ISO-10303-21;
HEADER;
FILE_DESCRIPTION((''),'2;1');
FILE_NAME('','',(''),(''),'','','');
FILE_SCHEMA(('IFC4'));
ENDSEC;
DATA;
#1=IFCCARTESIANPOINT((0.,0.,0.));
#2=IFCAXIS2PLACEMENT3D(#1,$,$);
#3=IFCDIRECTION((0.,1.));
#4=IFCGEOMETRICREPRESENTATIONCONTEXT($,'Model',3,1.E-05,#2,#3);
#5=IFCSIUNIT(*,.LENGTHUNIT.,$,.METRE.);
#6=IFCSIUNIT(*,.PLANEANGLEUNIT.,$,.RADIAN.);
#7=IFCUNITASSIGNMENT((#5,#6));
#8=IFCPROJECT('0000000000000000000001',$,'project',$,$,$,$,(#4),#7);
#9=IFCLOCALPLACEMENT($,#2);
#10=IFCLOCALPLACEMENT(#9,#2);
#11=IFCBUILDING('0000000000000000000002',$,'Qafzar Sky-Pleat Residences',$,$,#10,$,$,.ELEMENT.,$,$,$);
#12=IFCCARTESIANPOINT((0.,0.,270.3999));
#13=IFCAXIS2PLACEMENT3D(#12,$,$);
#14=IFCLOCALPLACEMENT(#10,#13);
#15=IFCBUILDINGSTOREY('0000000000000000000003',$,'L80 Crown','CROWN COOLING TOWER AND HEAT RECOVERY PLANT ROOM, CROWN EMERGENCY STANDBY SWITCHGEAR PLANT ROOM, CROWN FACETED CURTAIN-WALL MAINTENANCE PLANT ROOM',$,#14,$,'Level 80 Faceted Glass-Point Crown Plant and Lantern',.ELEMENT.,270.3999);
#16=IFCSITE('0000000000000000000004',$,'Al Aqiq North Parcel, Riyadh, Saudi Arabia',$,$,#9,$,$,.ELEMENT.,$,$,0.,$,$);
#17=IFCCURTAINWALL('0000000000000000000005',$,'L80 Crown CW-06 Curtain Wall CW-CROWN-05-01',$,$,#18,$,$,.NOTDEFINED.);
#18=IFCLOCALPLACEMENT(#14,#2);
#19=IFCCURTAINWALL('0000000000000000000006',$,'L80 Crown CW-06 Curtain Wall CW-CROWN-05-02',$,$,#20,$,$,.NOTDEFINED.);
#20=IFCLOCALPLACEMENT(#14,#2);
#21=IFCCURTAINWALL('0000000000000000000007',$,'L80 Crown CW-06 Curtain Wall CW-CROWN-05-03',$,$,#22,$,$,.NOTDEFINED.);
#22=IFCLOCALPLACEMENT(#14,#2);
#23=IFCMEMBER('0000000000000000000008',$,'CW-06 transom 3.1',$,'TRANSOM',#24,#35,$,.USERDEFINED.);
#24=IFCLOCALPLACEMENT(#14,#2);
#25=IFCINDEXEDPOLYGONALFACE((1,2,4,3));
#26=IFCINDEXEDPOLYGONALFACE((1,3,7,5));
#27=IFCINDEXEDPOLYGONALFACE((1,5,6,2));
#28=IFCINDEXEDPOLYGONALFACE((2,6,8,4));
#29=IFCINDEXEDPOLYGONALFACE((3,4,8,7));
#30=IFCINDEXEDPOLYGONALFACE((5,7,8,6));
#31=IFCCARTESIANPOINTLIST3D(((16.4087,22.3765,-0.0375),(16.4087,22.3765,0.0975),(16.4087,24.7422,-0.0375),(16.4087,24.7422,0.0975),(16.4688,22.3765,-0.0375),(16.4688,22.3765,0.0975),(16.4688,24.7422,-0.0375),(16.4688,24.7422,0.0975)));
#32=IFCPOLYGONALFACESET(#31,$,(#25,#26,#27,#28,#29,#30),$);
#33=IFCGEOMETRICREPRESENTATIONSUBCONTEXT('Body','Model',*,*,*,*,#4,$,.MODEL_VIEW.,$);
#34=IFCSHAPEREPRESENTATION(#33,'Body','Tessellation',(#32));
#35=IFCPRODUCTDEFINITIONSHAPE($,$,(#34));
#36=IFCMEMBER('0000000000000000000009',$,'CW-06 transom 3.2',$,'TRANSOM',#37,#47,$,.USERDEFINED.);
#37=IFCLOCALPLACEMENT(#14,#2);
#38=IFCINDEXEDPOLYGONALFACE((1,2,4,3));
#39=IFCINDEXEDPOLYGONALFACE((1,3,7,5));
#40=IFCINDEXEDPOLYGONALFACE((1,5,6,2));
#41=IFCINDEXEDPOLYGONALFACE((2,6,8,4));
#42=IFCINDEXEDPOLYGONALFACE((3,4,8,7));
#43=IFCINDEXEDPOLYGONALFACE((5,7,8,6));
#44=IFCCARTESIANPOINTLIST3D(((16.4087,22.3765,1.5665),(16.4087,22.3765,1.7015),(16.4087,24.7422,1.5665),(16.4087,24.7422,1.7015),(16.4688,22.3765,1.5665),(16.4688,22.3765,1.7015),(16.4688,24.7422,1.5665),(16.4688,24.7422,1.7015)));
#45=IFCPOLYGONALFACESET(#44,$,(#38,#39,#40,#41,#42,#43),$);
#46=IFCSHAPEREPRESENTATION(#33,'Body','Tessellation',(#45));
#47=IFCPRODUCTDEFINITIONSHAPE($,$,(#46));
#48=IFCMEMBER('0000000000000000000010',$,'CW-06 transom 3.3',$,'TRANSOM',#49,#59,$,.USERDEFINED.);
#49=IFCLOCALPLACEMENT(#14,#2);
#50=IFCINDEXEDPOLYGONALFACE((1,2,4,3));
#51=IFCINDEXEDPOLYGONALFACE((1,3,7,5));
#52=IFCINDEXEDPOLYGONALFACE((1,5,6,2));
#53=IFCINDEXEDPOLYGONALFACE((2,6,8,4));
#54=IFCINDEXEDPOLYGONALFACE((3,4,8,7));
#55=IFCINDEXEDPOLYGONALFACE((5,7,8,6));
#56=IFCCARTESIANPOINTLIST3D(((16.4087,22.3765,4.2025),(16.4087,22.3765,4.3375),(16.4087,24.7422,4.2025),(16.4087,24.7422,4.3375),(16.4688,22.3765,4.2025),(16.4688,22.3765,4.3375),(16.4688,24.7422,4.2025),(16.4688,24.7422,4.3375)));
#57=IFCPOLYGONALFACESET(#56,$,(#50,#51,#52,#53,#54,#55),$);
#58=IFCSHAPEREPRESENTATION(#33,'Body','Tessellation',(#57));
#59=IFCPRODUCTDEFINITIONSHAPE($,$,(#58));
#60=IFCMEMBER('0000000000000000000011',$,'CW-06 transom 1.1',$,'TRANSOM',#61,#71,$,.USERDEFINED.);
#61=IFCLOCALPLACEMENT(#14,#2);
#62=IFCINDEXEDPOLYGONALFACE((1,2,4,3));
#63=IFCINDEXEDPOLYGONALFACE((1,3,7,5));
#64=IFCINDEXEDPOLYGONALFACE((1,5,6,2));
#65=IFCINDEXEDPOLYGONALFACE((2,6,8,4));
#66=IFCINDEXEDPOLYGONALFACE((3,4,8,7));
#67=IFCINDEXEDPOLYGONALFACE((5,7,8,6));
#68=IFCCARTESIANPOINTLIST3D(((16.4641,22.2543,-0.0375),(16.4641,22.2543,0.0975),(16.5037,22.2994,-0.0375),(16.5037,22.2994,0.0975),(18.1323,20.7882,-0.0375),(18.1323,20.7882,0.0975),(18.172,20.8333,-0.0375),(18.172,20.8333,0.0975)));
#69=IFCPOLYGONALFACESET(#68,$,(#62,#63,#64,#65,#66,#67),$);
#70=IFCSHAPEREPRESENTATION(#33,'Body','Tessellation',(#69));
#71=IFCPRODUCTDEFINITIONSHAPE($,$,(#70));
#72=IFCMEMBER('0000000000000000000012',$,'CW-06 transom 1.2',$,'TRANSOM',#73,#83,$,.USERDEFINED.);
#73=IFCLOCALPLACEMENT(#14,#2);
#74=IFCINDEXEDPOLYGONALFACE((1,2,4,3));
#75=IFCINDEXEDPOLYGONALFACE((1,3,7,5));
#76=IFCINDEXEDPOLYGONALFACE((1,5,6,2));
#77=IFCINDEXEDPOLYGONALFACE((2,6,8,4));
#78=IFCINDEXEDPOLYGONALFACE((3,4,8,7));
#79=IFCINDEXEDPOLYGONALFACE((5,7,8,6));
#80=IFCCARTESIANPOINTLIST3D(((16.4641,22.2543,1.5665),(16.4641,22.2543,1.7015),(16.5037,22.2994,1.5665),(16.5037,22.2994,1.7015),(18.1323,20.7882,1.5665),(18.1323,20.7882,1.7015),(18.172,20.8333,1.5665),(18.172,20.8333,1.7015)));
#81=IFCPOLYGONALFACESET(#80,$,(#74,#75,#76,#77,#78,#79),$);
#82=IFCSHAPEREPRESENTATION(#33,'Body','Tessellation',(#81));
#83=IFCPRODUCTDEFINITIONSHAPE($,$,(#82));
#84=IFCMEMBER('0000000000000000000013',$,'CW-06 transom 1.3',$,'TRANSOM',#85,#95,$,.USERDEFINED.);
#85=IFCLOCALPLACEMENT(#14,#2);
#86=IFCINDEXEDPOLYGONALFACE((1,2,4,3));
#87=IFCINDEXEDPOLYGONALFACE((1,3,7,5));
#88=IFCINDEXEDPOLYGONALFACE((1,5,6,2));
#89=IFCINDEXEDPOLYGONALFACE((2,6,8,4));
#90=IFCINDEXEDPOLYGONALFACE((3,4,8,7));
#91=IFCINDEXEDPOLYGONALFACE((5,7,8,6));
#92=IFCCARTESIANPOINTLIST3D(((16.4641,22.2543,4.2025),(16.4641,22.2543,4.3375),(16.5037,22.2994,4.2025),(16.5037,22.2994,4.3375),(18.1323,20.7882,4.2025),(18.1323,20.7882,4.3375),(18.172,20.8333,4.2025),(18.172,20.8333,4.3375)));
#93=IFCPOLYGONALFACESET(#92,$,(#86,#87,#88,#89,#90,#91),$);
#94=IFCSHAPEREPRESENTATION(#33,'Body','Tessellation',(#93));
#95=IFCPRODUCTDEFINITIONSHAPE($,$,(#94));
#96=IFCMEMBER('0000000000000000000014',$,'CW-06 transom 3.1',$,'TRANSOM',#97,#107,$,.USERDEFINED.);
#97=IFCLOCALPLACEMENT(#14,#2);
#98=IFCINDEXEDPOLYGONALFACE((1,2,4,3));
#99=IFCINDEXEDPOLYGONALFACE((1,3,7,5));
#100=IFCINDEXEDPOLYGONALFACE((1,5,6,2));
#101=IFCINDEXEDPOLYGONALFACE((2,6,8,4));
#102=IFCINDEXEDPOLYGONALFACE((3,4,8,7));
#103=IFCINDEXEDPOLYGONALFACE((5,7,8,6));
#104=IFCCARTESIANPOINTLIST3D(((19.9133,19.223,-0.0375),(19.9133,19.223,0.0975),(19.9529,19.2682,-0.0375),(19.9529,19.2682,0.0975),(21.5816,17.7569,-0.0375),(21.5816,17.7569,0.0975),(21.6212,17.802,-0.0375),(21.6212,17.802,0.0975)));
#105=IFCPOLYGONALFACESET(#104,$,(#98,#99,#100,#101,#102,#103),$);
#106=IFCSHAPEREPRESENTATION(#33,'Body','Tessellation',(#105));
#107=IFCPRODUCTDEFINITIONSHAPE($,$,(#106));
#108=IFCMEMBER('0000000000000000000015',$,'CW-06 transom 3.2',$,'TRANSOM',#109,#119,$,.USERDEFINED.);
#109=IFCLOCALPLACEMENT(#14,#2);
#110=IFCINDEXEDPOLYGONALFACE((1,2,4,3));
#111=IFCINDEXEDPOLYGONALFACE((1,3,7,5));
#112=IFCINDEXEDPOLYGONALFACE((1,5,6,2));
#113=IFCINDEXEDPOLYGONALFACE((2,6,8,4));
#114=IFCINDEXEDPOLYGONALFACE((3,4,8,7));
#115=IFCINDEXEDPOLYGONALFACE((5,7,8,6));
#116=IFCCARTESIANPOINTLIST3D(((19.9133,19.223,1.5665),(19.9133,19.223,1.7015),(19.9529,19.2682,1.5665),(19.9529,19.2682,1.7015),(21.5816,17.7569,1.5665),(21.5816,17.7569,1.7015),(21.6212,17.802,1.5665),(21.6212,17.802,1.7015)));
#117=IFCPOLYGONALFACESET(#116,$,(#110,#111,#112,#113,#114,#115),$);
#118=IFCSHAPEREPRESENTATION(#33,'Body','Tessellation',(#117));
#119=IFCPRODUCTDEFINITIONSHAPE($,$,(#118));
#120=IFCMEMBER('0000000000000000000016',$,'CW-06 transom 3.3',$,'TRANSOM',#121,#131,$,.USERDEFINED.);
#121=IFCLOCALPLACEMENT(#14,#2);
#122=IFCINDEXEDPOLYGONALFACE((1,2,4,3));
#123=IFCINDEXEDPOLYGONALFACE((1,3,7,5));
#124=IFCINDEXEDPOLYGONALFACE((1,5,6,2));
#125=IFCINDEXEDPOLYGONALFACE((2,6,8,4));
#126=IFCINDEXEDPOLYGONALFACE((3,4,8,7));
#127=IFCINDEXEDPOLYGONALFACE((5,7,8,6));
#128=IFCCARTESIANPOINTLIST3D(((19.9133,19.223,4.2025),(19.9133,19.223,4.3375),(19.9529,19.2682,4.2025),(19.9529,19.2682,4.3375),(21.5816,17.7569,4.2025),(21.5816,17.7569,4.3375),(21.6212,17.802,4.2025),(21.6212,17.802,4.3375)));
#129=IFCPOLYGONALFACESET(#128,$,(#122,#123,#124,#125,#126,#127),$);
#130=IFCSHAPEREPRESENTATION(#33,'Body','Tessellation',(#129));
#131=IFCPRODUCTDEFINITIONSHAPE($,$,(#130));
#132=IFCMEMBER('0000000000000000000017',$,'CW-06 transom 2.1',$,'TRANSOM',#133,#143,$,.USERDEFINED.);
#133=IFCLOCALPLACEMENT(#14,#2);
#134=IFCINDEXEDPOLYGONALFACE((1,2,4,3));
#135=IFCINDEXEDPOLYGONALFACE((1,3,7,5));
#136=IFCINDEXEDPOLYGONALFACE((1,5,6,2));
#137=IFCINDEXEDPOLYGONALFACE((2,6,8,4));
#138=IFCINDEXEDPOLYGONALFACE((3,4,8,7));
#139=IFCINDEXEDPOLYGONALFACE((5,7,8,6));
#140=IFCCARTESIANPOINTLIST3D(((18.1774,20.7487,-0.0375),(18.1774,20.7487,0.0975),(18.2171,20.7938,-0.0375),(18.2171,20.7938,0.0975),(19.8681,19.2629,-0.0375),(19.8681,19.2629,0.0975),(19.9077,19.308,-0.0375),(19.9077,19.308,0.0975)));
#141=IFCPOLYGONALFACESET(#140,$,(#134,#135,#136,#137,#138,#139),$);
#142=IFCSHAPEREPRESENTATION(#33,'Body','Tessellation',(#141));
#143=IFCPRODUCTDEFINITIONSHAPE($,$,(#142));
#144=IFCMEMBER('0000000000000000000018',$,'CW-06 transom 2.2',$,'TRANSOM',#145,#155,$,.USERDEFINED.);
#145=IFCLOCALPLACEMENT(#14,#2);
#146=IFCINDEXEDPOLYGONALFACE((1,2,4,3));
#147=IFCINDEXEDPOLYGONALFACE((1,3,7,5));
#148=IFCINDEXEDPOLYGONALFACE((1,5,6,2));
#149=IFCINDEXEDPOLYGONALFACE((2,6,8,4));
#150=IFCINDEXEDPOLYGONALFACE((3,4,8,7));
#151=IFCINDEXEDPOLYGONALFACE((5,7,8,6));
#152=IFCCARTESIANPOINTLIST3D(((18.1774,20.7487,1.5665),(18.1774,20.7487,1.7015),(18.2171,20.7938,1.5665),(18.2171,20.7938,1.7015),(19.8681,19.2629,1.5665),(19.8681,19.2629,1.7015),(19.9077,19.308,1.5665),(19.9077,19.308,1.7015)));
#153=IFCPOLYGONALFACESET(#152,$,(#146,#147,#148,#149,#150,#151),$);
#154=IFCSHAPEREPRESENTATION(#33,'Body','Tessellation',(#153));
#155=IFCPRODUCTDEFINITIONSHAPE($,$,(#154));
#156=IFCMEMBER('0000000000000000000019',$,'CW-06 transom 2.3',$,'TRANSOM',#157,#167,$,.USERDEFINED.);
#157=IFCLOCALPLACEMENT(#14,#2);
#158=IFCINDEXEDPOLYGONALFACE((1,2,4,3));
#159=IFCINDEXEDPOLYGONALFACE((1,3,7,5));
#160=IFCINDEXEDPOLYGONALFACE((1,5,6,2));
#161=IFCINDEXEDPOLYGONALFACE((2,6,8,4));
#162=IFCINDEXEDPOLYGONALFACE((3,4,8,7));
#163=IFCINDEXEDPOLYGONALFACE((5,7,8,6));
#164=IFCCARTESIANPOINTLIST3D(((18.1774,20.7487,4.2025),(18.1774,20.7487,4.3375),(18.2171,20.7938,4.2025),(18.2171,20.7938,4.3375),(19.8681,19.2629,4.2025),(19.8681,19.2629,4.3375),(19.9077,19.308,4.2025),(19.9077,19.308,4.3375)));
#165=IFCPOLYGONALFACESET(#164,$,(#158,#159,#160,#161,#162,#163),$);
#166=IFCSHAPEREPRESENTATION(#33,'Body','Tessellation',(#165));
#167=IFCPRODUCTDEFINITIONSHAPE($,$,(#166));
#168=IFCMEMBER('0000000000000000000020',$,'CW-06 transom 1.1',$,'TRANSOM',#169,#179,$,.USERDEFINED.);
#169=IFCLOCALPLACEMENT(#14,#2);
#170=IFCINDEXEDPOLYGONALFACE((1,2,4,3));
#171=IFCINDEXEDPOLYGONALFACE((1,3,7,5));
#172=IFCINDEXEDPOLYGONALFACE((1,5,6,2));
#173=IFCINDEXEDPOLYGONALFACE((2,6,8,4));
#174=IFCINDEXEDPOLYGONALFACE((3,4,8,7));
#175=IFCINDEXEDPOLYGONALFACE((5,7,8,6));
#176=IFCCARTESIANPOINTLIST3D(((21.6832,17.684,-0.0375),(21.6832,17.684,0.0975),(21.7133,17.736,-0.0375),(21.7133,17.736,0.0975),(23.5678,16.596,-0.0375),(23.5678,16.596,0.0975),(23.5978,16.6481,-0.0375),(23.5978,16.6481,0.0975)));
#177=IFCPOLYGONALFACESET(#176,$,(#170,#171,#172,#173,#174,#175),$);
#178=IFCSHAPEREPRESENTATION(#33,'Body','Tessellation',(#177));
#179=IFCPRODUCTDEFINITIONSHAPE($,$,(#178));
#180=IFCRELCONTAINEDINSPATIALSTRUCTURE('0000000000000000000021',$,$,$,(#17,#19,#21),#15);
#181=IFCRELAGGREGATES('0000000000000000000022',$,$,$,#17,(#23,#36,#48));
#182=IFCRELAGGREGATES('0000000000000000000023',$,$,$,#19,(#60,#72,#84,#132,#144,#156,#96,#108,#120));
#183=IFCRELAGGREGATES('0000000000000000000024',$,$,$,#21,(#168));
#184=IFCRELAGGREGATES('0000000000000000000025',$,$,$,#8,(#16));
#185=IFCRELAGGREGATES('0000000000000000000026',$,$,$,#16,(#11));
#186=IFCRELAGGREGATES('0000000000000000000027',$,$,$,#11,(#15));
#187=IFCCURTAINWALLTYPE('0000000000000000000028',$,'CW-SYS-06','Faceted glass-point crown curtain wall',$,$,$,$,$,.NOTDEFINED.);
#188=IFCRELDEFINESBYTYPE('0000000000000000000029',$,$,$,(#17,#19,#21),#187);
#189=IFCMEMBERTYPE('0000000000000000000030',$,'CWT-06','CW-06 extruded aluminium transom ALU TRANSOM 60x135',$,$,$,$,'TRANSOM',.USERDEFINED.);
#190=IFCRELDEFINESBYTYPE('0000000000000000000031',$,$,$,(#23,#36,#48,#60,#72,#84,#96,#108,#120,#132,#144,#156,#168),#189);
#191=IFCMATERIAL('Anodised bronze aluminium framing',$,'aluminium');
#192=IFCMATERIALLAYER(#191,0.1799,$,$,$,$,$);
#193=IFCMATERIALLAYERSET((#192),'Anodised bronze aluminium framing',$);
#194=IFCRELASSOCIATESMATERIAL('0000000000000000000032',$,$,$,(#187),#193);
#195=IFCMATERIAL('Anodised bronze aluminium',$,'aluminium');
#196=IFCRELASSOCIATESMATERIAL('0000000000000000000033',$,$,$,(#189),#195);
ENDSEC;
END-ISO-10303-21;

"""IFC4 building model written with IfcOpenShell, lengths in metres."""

from ifc_helpers import new_model, si_unit, direction, frame, origin, origin_2d, place, context, subcontext, project, spatial, rectangle, extrude, source, transform, mapped, material, layer, layer_set, material_profile, profile_set, type_object, element, aggregate, save


model = new_model("IFC4")

# Units and contexts
model_context = context("Model", 3, precision=1e-05, world=origin(), true_north=direction((0.0, 1.0)))
body_context = subcontext(model_context, "Body", "Model", "MODEL_VIEW")
ifc_project = project(units=[si_unit("LENGTHUNIT", "METRE"), si_unit("PLANEANGLEUNIT", "RADIAN")], contexts=[model_context])

# Site, building, storey
site_placement = place(None, origin())
site = spatial("IfcSite", under=ifc_project, at=site_placement, Name="Al Aqiq North Parcel, Riyadh, Saudi Arabia", CompositionType="ELEMENT", RefElevation=0.0)
building_placement = place(site_placement, origin())
building = spatial("IfcBuilding", under=site, at=building_placement, Name="Qafzar Sky-Pleat Residences", CompositionType="ELEMENT")
storey_placement = place(building_placement, frame((0.0, 0.0, 270.3999)))
storey = spatial("IfcBuildingStorey", under=building, at=storey_placement, Name="L80 Crown", Description="CROWN COOLING TOWER AND HEAT RECOVERY PLANT ROOM, CROWN EMERGENCY STANDBY SWITCHGEAR PLANT ROOM, CROWN FACETED CURTAIN-WALL MAINTENANCE PLANT ROOM", LongName="Level 80 Faceted Glass-Point Crown Plant and Lantern", CompositionType="ELEMENT", Elevation=270.3999)

# Curtain wall
ifc_material_1 = material(Name="Anodised bronze aluminium framing", Category="aluminium")
ifc_layer_1 = layer(ifc_material_1, 0.1799)
ifc_layer_set_1 = layer_set([ifc_layer_1], Name="Anodised bronze aluminium framing")
curtain_wall_type = type_object("IfcCurtainWallType", Name="CW-SYS-06", Description="Faceted glass-point crown curtain wall", PredefinedType="NOTDEFINED", material=ifc_layer_set_1)
curtain_wall_1_placement = place(storey_placement, origin())
curtain_wall_1 = element("IfcCurtainWall", 1, at=curtain_wall_1_placement, inside=storey, type_object=curtain_wall_type, Name="L80 Crown CW-06 Curtain Wall CW-CROWN-05-01", PredefinedType="NOTDEFINED")
ifc_material_2 = material(Name="Anodised bronze aluminium", Category="aluminium")

# Curtain wall
curtain_wall_2_placement = place(storey_placement, origin())
curtain_wall_2 = element("IfcCurtainWall", 2, at=curtain_wall_2_placement, inside=storey, type_object=curtain_wall_type, Name="L80 Crown CW-06 Curtain Wall CW-CROWN-05-02", PredefinedType="NOTDEFINED")

# Curtain wall
curtain_wall_3_placement = place(storey_placement, origin())
curtain_wall_3 = element("IfcCurtainWall", 3, at=curtain_wall_3_placement, inside=storey, type_object=curtain_wall_type, Name="L80 Crown CW-06 Curtain Wall CW-CROWN-05-03", PredefinedType="NOTDEFINED")

# Members
ifc_material_profile_1 = material_profile(ifc_material_2, rectangle(XDim=0.0601, YDim=0.135, at=origin_2d()), Name="ALU TRANSOM 60x135")
ifc_profile_set_1 = profile_set([ifc_material_profile_1], Name="Anodised bronze aluminium")
member_type_1 = type_object("IfcMemberType", Name="CWT-06", Description="CW-06 extruded aluminium transom ALU TRANSOM 60x135", ElementType="TRANSOM", PredefinedType="USERDEFINED", material=ifc_profile_set_1)
shared_shape_1 = source(origin(), body_context, "Body", "SweptSolid", [
    extrude(rectangle(XDim=0.0601, YDim=0.135, at=origin_2d()), origin(), (0.0, 0.0, 1.0), 2.3657),
])
member_1_placement = place(storey_placement, frame((16.4387, 24.7422, 0.03), z_axis=(0.0, -1.0, 0.0), x_axis=(1.0, 0.0, 0.0)))
member_1 = element("IfcMember", 4, at=member_1_placement, type_object=member_type_1, Name="CW-06 transom 3.1", ObjectType="TRANSOM", PredefinedType="USERDEFINED", context=body_context, shape_type="MappedRepresentation", body=[
    mapped(shared_shape_1, transform((0.0, 0.0, 0.0), x_axis=(1.0, 0.0, 0.0), y_axis=(0.0, 1.0, 0.0), z_axis=(0.0, 0.0, 1.0), scale=1.0)),
])
member_2_placement = place(storey_placement, frame((16.4387, 24.7422, 1.634), z_axis=(0.0, -1.0, 0.0), x_axis=(1.0, 0.0, 0.0)))
member_2 = element("IfcMember", 5, at=member_2_placement, type_object=member_type_1, Name="CW-06 transom 3.2", ObjectType="TRANSOM", PredefinedType="USERDEFINED", context=body_context, shape_type="MappedRepresentation", body=[
    mapped(shared_shape_1, transform((0.0, 0.0, 0.0), x_axis=(1.0, 0.0, 0.0), y_axis=(0.0, 1.0, 0.0), z_axis=(0.0, 0.0, 1.0), scale=1.0)),
])
member_3_placement = place(storey_placement, frame((16.4387, 24.7422, 4.27), z_axis=(0.0, -1.0, 0.0), x_axis=(1.0, 0.0, 0.0)))
member_3 = element("IfcMember", 6, at=member_3_placement, type_object=member_type_1, Name="CW-06 transom 3.3", ObjectType="TRANSOM", PredefinedType="USERDEFINED", context=body_context, shape_type="MappedRepresentation", body=[
    mapped(shared_shape_1, transform((0.0, 0.0, 0.0), x_axis=(1.0, 0.0, 0.0), y_axis=(0.0, 1.0, 0.0), z_axis=(0.0, 0.0, 1.0), scale=1.0)),
])
shared_shape_2 = source(origin(), body_context, "Body", "SweptSolid", [
    extrude(rectangle(XDim=0.0601, YDim=0.135, at=origin_2d()), origin(), (0.0, 0.0, 1.0), 2.2209),
])
member_4_placement = place(storey_placement, frame((16.4839, 22.2769, 0.03), z_axis=(0.751152, -0.66013, 0.0), x_axis=(0.66013, 0.751152, 0.0)))
member_4 = element("IfcMember", 7, at=member_4_placement, type_object=member_type_1, Name="CW-06 transom 1.1", ObjectType="TRANSOM", PredefinedType="USERDEFINED", context=body_context, shape_type="MappedRepresentation", body=[
    mapped(shared_shape_2, transform((0.0, 0.0, 0.0), x_axis=(1.0, 0.0, 0.0), y_axis=(0.0, 1.0, 0.0), z_axis=(0.0, 0.0, 1.0), scale=1.0)),
])
member_5_placement = place(storey_placement, frame((16.4839, 22.2769, 1.634), z_axis=(0.751152, -0.66013, 0.0), x_axis=(0.66013, 0.751152, 0.0)))
member_5 = element("IfcMember", 8, at=member_5_placement, type_object=member_type_1, Name="CW-06 transom 1.2", ObjectType="TRANSOM", PredefinedType="USERDEFINED", context=body_context, shape_type="MappedRepresentation", body=[
    mapped(shared_shape_2, transform((0.0, 0.0, 0.0), x_axis=(1.0, 0.0, 0.0), y_axis=(0.0, 1.0, 0.0), z_axis=(0.0, 0.0, 1.0), scale=1.0)),
])
member_6_placement = place(storey_placement, frame((16.4839, 22.2769, 4.27), z_axis=(0.751152, -0.66013, 0.0), x_axis=(0.66013, 0.751152, 0.0)))
member_6 = element("IfcMember", 9, at=member_6_placement, type_object=member_type_1, Name="CW-06 transom 1.3", ObjectType="TRANSOM", PredefinedType="USERDEFINED", context=body_context, shape_type="MappedRepresentation", body=[
    mapped(shared_shape_2, transform((0.0, 0.0, 0.0), x_axis=(1.0, 0.0, 0.0), y_axis=(0.0, 1.0, 0.0), z_axis=(0.0, 0.0, 1.0), scale=1.0)),
])
member_7_placement = place(storey_placement, frame((19.9331, 19.2456, 0.03), z_axis=(0.751152, -0.66013, 0.0), x_axis=(0.66013, 0.751152, 0.0)))
member_7 = element("IfcMember", 10, at=member_7_placement, type_object=member_type_1, Name="CW-06 transom 3.1", ObjectType="TRANSOM", PredefinedType="USERDEFINED", context=body_context, shape_type="MappedRepresentation", body=[
    mapped(shared_shape_2, transform((0.0, 0.0, 0.0), x_axis=(1.0, 0.0, 0.0), y_axis=(0.0, 1.0, 0.0), z_axis=(0.0, 0.0, 1.0), scale=1.0)),
])
member_8_placement = place(storey_placement, frame((19.9331, 19.2456, 1.634), z_axis=(0.751152, -0.66013, 0.0), x_axis=(0.66013, 0.751152, 0.0)))
member_8 = element("IfcMember", 11, at=member_8_placement, type_object=member_type_1, Name="CW-06 transom 3.2", ObjectType="TRANSOM", PredefinedType="USERDEFINED", context=body_context, shape_type="MappedRepresentation", body=[
    mapped(shared_shape_2, transform((0.0, 0.0, 0.0), x_axis=(1.0, 0.0, 0.0), y_axis=(0.0, 1.0, 0.0), z_axis=(0.0, 0.0, 1.0), scale=1.0)),
])
member_9_placement = place(storey_placement, frame((19.9331, 19.2456, 4.27), z_axis=(0.751152, -0.66013, 0.0), x_axis=(0.66013, 0.751152, 0.0)))
member_9 = element("IfcMember", 12, at=member_9_placement, type_object=member_type_1, Name="CW-06 transom 3.3", ObjectType="TRANSOM", PredefinedType="USERDEFINED", context=body_context, shape_type="MappedRepresentation", body=[
    mapped(shared_shape_2, transform((0.0, 0.0, 0.0), x_axis=(1.0, 0.0, 0.0), y_axis=(0.0, 1.0, 0.0), z_axis=(0.0, 0.0, 1.0), scale=1.0)),
])
shared_shape_3 = source(origin(), body_context, "Body", "SweptSolid", [
    extrude(rectangle(XDim=0.0601, YDim=0.135, at=origin_2d()), origin(), (0.0, 0.0, 1.0), 2.2507),
])
member_10_placement = place(storey_placement, frame((18.1973, 20.7712, 0.03), z_axis=(0.751144, -0.660139, 0.0), x_axis=(0.660139, 0.751144, 0.0)))
member_10 = element("IfcMember", 13, at=member_10_placement, type_object=member_type_1, Name="CW-06 transom 2.1", ObjectType="TRANSOM", PredefinedType="USERDEFINED", context=body_context, shape_type="MappedRepresentation", body=[
    mapped(shared_shape_3, transform((0.0, 0.0, 0.0), x_axis=(1.0, 0.0, 0.0), y_axis=(0.0, 1.0, 0.0), z_axis=(0.0, 0.0, 1.0), scale=1.0)),
])
member_11_placement = place(storey_placement, frame((18.1973, 20.7712, 1.634), z_axis=(0.751144, -0.660139, 0.0), x_axis=(0.660139, 0.751144, 0.0)))
member_11 = element("IfcMember", 14, at=member_11_placement, type_object=member_type_1, Name="CW-06 transom 2.2", ObjectType="TRANSOM", PredefinedType="USERDEFINED", context=body_context, shape_type="MappedRepresentation", body=[
    mapped(shared_shape_3, transform((0.0, 0.0, 0.0), x_axis=(1.0, 0.0, 0.0), y_axis=(0.0, 1.0, 0.0), z_axis=(0.0, 0.0, 1.0), scale=1.0)),
])
member_12_placement = place(storey_placement, frame((18.1973, 20.7712, 4.27), z_axis=(0.751144, -0.660139, 0.0), x_axis=(0.660139, 0.751144, 0.0)))
member_12 = element("IfcMember", 15, at=member_12_placement, type_object=member_type_1, Name="CW-06 transom 2.3", ObjectType="TRANSOM", PredefinedType="USERDEFINED", context=body_context, shape_type="MappedRepresentation", body=[
    mapped(shared_shape_3, transform((0.0, 0.0, 0.0), x_axis=(1.0, 0.0, 0.0), y_axis=(0.0, 1.0, 0.0), z_axis=(0.0, 0.0, 1.0), scale=1.0)),
])
shared_shape_4 = source(origin(), body_context, "Body", "SweptSolid", [
    extrude(rectangle(XDim=0.0601, YDim=0.135, at=origin_2d()), origin(), (0.0, 0.0, 1.0), 2.176),
])
member_13_placement = place(storey_placement, frame((21.6982, 17.71, 0.03), z_axis=(0.866053, -0.499952, 0.0), x_axis=(0.499952, 0.866053, 0.0)))
member_13 = element("IfcMember", 16, at=member_13_placement, type_object=member_type_1, Name="CW-06 transom 1.1", ObjectType="TRANSOM", PredefinedType="USERDEFINED", context=body_context, shape_type="MappedRepresentation", body=[
    mapped(shared_shape_4, transform((0.0, 0.0, 0.0), x_axis=(1.0, 0.0, 0.0), y_axis=(0.0, 1.0, 0.0), z_axis=(0.0, 0.0, 1.0), scale=1.0)),
])

aggregate(curtain_wall_1, [member_1, member_2, member_3])
aggregate(curtain_wall_2, [member_4, member_5, member_6, member_10, member_11, member_12, member_7, member_8, member_9])
aggregate(curtain_wall_3, [member_13])

save(model, "model.ifc")
